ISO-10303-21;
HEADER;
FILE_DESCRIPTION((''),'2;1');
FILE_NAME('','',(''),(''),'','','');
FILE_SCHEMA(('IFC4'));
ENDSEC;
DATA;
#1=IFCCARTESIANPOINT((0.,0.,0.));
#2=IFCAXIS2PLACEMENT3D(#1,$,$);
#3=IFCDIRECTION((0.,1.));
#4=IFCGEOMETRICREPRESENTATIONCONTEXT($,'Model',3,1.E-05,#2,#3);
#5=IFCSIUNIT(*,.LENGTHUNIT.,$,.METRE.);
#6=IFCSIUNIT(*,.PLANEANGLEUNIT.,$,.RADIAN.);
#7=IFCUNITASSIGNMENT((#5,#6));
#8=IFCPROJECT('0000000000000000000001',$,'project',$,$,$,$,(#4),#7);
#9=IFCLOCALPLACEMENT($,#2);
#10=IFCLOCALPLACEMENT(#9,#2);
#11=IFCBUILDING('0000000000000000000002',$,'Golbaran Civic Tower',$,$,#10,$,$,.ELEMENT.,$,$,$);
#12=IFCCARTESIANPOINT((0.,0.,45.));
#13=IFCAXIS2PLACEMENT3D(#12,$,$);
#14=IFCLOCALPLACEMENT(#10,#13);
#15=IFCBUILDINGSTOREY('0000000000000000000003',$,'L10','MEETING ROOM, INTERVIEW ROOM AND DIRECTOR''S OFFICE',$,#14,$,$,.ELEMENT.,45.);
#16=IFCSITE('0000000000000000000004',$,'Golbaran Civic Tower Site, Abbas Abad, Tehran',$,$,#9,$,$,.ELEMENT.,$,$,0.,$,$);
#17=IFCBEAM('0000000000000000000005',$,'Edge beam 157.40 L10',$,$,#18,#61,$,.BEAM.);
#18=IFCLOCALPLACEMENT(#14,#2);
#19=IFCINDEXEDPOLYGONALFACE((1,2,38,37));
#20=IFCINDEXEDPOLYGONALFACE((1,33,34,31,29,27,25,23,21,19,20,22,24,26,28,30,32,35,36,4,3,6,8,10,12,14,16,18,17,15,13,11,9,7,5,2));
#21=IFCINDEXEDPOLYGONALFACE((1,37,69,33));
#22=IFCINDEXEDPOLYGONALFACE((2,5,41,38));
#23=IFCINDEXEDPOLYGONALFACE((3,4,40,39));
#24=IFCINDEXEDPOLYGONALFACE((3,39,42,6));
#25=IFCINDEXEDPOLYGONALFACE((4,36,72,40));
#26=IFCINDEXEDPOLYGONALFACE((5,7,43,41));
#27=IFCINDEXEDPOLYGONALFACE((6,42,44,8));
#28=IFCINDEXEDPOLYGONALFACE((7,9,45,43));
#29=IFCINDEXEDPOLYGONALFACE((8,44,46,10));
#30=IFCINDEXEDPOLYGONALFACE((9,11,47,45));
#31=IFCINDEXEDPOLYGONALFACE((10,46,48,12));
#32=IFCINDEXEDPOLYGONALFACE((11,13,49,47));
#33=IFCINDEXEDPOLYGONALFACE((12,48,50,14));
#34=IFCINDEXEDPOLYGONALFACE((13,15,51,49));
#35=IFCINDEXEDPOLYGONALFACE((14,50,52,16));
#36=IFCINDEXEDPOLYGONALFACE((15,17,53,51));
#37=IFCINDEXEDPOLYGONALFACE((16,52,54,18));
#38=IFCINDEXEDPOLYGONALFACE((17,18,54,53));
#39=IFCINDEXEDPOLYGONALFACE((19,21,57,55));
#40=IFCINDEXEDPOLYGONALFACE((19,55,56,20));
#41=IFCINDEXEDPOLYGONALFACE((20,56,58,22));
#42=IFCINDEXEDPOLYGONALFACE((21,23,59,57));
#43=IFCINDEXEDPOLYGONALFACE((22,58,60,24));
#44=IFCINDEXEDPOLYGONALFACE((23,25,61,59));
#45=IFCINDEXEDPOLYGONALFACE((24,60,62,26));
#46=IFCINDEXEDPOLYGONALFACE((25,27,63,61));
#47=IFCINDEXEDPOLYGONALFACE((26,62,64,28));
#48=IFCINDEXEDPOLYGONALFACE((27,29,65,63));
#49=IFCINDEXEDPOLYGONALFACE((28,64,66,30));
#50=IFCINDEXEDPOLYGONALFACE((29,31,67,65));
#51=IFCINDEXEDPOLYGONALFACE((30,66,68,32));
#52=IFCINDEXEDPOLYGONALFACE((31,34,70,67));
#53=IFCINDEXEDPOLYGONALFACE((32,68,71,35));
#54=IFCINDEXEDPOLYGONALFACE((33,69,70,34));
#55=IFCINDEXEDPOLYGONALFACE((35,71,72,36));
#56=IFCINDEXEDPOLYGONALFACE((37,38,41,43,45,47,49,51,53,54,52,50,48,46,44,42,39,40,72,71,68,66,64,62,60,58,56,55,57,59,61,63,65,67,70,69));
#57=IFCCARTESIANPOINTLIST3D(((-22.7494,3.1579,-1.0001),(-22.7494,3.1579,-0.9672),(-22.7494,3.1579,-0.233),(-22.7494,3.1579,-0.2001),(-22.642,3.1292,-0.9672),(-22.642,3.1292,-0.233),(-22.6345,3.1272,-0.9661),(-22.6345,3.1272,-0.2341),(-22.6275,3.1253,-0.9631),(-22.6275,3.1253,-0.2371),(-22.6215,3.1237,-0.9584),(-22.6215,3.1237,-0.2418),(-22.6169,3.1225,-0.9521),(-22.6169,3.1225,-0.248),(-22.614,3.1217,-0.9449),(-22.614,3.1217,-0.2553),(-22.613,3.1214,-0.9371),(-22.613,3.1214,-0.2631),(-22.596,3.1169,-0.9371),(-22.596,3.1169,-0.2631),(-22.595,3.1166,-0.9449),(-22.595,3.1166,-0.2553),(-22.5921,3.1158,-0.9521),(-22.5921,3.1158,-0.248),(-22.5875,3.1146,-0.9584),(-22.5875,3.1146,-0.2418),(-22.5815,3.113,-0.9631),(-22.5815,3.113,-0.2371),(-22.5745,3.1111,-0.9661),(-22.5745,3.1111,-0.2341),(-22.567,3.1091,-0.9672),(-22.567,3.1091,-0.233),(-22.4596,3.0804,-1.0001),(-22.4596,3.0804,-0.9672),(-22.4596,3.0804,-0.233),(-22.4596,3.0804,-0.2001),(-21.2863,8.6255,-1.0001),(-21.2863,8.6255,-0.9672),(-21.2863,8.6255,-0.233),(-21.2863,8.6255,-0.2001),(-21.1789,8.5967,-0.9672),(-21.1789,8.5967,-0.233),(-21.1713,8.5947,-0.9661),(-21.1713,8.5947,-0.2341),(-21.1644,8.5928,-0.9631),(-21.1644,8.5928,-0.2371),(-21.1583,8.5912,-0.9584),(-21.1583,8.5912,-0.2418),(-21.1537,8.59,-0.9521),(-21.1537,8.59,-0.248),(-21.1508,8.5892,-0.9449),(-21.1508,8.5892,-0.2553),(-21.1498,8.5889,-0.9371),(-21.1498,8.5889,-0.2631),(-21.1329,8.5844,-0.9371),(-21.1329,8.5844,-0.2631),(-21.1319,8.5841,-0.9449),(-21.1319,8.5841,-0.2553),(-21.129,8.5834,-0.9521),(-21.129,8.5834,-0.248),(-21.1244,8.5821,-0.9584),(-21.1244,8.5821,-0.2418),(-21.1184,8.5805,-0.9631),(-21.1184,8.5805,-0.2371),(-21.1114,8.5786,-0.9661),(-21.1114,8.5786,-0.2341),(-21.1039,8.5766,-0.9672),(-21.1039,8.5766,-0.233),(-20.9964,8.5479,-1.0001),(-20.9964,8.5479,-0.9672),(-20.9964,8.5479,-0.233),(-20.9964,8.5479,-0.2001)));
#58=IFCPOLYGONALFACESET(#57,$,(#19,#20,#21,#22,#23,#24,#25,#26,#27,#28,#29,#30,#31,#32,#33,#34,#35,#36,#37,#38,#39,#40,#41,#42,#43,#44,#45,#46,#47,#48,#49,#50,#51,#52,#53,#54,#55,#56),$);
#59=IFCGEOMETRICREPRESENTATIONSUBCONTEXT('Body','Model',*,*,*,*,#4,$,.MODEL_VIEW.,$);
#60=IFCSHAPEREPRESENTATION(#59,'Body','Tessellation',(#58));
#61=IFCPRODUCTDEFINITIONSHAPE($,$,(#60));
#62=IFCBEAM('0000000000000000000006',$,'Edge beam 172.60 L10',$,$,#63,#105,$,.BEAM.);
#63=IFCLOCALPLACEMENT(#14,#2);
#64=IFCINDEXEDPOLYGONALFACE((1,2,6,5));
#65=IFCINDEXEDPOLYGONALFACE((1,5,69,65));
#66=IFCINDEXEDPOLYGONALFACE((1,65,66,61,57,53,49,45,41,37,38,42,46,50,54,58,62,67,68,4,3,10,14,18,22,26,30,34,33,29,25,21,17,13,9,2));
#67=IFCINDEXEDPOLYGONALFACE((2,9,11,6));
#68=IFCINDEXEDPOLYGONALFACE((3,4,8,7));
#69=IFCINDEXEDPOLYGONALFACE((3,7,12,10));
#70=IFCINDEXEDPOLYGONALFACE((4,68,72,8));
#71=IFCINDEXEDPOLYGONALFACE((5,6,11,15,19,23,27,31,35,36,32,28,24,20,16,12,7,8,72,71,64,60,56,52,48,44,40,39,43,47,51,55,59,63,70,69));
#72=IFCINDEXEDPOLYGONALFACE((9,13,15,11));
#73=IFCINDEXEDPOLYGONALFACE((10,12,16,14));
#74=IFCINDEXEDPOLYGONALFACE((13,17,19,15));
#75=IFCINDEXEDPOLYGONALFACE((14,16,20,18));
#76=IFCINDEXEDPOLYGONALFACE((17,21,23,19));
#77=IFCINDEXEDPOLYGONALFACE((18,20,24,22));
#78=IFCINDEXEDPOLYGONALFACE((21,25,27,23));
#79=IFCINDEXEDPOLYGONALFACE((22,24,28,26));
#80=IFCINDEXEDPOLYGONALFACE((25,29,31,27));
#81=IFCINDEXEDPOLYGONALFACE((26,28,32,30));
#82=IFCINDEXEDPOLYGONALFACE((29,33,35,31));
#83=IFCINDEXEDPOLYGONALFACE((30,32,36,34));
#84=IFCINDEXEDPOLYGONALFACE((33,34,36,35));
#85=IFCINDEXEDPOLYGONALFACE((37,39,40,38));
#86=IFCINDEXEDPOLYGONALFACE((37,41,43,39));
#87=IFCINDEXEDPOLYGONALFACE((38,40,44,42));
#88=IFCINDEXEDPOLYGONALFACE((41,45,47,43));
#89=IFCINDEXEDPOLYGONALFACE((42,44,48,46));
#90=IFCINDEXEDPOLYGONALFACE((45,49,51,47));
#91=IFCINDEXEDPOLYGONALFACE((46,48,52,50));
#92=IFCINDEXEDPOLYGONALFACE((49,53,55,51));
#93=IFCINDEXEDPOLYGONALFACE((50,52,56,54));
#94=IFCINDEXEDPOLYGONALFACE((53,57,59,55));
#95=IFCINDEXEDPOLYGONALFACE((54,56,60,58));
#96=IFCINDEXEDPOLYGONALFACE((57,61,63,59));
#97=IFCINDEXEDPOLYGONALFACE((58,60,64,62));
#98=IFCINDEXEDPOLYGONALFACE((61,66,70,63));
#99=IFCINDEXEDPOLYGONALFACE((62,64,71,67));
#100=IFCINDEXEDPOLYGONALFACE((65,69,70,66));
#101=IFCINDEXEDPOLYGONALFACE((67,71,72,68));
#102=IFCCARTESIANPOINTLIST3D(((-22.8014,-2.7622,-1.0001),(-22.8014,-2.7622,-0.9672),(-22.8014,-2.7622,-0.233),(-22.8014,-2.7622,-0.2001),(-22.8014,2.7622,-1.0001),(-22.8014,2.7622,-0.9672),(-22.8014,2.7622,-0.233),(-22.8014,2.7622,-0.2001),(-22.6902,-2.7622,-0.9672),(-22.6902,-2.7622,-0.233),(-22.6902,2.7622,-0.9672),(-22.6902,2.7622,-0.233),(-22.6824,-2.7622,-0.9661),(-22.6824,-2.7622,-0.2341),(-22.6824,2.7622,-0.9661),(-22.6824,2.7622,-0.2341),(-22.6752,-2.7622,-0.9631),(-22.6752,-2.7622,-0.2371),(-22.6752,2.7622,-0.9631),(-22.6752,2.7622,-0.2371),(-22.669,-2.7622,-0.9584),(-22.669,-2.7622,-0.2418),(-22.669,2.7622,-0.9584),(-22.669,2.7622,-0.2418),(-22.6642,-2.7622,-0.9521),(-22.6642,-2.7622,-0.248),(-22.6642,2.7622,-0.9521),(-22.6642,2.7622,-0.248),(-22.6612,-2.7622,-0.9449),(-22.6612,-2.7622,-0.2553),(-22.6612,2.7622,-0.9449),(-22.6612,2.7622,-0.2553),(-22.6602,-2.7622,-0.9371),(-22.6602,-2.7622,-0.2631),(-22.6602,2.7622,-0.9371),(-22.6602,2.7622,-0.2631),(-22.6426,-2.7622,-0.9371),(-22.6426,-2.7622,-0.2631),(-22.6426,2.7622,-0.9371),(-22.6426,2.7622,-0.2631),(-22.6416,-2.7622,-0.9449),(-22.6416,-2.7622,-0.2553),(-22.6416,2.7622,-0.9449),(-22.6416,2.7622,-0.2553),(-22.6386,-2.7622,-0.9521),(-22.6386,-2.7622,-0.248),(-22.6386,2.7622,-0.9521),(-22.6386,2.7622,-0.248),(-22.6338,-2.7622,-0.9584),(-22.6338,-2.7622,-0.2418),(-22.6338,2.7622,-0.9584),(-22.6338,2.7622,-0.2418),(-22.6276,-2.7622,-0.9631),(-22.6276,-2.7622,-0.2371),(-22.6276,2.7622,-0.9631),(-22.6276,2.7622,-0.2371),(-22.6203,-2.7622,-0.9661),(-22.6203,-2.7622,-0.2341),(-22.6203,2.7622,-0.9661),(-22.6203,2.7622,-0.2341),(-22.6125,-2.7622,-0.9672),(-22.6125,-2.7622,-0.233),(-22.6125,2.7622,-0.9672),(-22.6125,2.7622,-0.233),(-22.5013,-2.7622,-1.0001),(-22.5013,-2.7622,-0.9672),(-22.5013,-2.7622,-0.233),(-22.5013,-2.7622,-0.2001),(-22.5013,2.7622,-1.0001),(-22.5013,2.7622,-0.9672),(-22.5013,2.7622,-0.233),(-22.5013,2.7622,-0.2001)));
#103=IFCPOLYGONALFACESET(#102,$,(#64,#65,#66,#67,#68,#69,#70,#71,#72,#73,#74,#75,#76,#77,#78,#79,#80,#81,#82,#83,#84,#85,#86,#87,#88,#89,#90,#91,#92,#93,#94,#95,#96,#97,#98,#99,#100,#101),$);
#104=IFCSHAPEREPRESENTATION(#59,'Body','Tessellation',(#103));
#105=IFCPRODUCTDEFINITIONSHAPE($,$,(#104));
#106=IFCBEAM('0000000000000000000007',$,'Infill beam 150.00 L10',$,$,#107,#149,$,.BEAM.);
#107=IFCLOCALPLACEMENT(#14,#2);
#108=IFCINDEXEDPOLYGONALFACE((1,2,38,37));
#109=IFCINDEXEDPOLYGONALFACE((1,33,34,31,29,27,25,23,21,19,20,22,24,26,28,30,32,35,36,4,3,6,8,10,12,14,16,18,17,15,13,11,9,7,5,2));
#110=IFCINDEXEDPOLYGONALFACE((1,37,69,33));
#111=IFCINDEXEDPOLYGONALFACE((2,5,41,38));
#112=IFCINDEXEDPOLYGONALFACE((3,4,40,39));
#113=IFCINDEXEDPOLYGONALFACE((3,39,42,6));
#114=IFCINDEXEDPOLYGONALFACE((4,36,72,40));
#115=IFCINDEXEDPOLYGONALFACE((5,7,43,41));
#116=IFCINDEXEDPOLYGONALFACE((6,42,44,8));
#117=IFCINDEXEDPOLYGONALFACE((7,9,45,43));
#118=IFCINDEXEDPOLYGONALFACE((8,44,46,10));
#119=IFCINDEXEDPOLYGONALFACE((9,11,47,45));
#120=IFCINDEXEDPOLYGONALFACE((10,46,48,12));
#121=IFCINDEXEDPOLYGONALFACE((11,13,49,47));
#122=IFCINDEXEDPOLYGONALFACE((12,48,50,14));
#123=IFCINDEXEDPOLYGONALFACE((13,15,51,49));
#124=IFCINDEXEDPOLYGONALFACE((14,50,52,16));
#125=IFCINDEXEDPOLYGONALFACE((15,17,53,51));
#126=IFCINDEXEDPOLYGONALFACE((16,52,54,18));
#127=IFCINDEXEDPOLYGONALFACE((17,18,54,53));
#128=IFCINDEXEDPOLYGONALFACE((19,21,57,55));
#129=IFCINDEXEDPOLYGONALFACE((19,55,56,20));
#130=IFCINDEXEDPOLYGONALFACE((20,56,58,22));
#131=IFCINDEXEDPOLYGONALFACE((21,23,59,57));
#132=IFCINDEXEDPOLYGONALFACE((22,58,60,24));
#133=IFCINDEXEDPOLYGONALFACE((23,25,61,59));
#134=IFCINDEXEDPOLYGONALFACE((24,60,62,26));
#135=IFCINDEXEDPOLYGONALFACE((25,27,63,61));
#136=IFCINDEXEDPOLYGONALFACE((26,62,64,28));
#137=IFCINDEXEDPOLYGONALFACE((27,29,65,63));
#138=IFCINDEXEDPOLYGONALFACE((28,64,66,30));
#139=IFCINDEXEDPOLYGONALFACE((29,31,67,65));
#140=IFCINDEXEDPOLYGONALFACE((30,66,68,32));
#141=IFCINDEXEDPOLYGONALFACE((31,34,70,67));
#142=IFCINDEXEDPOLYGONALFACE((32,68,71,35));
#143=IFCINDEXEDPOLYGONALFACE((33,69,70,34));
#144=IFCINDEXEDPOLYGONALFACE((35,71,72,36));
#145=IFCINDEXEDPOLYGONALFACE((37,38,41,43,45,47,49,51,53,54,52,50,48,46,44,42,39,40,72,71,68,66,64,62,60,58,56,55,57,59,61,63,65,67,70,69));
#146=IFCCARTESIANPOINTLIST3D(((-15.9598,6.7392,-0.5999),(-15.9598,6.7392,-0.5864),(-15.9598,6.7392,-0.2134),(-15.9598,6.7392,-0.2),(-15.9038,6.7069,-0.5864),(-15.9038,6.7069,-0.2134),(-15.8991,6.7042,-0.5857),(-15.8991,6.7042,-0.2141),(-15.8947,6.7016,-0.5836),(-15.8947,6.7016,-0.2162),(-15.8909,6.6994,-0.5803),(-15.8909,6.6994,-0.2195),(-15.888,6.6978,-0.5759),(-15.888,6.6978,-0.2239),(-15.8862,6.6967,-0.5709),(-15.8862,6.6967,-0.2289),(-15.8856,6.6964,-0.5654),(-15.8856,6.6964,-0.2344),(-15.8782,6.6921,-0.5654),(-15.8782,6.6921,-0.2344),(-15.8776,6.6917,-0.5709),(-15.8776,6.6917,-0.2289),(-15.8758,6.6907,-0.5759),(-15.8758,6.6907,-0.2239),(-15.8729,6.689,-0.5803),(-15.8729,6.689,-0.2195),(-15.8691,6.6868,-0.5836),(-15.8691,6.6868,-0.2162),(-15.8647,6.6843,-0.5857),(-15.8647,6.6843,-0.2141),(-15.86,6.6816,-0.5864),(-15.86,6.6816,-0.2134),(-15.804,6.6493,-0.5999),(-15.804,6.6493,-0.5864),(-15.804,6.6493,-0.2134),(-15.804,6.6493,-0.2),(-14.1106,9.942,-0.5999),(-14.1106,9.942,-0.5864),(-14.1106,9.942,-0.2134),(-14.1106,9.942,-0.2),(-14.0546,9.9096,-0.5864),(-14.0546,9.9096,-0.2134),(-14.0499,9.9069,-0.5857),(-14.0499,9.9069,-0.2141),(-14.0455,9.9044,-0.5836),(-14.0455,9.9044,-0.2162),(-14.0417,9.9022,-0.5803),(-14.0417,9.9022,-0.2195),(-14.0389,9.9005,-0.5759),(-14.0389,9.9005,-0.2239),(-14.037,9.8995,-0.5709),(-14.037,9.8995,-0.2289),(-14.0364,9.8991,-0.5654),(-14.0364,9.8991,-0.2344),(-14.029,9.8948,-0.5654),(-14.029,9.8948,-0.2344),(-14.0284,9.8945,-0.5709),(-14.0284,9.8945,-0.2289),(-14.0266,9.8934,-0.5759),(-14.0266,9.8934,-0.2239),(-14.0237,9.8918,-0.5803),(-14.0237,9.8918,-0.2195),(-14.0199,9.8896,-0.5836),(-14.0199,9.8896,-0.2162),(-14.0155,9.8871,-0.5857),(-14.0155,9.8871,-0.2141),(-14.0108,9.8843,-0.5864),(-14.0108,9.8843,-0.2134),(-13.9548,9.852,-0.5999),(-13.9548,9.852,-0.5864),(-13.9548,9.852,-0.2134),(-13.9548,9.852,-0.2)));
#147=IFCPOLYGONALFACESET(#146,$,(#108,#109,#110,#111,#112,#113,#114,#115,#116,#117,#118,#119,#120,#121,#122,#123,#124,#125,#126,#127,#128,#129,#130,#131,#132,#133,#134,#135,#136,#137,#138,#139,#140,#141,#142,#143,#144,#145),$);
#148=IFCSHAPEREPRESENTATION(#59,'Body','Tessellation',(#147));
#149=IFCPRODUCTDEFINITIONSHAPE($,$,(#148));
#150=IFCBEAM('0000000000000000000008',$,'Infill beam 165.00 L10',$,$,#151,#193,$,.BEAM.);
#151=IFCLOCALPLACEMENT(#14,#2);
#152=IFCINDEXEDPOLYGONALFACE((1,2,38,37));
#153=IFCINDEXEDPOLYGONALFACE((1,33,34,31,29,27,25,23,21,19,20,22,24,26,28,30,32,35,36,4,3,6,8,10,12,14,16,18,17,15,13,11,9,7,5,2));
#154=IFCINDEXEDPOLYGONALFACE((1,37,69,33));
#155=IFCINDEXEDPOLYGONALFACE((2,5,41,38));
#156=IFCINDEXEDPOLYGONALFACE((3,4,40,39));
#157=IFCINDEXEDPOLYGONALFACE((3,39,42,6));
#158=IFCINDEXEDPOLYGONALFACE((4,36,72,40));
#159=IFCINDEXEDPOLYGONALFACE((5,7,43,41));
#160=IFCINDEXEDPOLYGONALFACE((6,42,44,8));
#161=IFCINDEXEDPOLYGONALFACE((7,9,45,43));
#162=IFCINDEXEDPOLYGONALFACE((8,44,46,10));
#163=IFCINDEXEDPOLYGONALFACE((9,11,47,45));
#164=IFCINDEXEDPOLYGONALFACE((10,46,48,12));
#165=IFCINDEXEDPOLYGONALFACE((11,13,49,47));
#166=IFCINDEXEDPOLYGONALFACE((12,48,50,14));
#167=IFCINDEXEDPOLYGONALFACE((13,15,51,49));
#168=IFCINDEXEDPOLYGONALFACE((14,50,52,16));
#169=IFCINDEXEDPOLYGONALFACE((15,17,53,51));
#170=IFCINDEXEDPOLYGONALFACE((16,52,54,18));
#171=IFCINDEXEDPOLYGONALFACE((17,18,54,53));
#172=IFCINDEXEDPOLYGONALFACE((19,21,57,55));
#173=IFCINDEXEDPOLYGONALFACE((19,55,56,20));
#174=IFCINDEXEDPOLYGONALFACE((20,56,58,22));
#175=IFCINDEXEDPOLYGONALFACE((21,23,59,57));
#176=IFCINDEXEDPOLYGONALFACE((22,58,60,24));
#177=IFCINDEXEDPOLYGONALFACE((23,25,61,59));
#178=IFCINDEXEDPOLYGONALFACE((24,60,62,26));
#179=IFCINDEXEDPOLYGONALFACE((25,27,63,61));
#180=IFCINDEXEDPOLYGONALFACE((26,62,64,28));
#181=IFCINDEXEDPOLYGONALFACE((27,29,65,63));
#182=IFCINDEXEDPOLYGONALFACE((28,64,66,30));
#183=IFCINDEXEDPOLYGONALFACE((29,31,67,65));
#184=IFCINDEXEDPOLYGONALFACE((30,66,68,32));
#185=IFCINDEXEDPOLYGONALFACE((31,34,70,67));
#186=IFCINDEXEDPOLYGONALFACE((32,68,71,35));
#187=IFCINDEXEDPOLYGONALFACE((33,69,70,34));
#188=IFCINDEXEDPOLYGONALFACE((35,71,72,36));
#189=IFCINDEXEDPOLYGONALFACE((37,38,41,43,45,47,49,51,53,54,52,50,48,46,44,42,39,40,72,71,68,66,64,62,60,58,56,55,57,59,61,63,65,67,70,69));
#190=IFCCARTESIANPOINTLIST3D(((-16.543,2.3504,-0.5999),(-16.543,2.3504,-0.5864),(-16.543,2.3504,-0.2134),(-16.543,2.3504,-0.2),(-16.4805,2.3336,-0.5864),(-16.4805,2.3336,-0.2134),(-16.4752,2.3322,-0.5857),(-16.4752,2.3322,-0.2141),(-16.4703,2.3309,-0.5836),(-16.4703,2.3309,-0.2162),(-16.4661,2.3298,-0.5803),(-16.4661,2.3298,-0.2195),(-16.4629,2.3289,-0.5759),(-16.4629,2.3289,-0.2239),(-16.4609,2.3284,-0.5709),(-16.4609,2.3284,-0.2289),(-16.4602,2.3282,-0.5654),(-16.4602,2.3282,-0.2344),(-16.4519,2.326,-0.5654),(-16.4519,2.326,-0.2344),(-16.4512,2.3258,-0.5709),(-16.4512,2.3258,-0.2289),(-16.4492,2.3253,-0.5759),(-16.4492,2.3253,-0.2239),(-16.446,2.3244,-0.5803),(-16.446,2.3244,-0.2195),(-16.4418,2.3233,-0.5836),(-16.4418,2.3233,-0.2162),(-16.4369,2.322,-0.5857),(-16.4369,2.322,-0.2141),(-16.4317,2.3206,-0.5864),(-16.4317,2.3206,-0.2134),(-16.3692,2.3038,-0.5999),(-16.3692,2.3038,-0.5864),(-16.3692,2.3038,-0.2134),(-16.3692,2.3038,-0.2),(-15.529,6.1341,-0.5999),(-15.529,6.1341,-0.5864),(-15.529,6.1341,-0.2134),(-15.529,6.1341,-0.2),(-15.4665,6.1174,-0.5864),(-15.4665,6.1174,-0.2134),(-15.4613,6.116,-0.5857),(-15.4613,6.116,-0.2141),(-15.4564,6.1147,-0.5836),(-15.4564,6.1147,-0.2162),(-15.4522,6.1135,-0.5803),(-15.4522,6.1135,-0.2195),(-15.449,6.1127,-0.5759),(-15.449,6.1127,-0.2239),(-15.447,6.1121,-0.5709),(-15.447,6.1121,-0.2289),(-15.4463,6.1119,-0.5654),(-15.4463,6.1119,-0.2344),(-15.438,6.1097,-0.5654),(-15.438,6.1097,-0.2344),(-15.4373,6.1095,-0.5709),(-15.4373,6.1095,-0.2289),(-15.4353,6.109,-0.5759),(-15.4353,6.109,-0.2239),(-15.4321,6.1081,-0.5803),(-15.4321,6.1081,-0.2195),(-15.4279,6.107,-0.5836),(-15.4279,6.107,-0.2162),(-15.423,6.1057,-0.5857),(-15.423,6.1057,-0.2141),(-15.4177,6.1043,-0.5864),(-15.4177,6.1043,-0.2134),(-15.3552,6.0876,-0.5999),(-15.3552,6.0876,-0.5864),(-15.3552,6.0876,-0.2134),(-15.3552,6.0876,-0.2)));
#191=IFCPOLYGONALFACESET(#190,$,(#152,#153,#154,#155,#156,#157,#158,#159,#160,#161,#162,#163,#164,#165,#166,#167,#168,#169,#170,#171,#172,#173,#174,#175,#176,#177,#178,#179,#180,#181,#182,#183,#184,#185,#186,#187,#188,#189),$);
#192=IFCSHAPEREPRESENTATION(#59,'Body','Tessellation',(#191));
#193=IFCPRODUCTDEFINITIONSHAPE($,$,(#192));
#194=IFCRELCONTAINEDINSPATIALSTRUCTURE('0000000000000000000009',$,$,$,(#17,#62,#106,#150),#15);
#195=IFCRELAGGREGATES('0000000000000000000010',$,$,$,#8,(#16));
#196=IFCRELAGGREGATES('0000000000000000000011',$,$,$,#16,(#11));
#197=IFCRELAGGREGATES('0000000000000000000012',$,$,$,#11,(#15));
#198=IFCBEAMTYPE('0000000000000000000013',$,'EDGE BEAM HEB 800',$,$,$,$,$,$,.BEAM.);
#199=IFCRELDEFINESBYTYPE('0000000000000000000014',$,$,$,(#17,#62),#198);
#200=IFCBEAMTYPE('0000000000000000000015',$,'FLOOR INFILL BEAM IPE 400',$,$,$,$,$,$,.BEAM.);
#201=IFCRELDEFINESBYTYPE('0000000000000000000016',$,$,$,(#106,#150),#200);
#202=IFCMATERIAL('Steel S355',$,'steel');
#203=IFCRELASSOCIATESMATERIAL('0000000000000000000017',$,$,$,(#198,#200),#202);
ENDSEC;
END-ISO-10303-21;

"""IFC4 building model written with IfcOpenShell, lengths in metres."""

from ifc_helpers import new_model, si_unit, direction, frame, origin, origin_2d, place, context, subcontext, project, spatial, i_section, extrude, material, material_profile, profile_set, type_object, element, save


model = new_model("IFC4")

# Units and contexts
model_context = context("Model", 3, precision=1e-05, world=origin(), true_north=direction((0.0, 1.0)))
body_context = subcontext(model_context, "Body", "Model", "MODEL_VIEW")
ifc_project = project(units=[si_unit("LENGTHUNIT", "METRE"), si_unit("PLANEANGLEUNIT", "RADIAN")], contexts=[model_context])

# Site, building, storey
site_placement = place(None, origin())
site = spatial("IfcSite", under=ifc_project, at=site_placement, Name="Golbaran Civic Tower Site, Abbas Abad, Tehran", CompositionType="ELEMENT", RefElevation=0.0)
building_placement = place(site_placement, origin())
building = spatial("IfcBuilding", under=site, at=building_placement, Name="Golbaran Civic Tower", CompositionType="ELEMENT")
storey_placement = place(building_placement, frame((0.0, 0.0, 45.0)))
storey = spatial("IfcBuildingStorey", under=building, at=storey_placement, Name="L10", Description="MEETING ROOM, INTERVIEW ROOM AND DIRECTOR'S OFFICE", CompositionType="ELEMENT", Elevation=45.0)

# Beams
ifc_material_1 = material(Name="Steel S355", Category="steel")
ifc_material_profile_1 = material_profile(ifc_material_1, i_section(OverallWidth=0.3, OverallDepth=0.8, WebThickness=0.0176, FlangeThickness=0.033, FilletRadius=0.03, at=origin_2d()), Name="HEB 800")
ifc_profile_set_1 = profile_set([ifc_material_profile_1], Name="Steel S355")
beam_type_1 = type_object("IfcBeamType", Name="EDGE BEAM HEB 800", PredefinedType="BEAM", material=ifc_profile_set_1)
beam_1_placement = place(storey_placement, frame((-21.1414, 8.5867, -0.6001), z_axis=(-0.258508, -0.966009, 0.0), x_axis=(0.966009, -0.258508, 0.0)))
element("IfcBeam", 1, at=beam_1_placement, inside=storey, type_object=beam_type_1, Name="Edge beam 157.40 L10", PredefinedType="BEAM", context=body_context, shape_type="SweptSolid", body=[
    extrude(i_section(OverallWidth=0.3, OverallDepth=0.8, WebThickness=0.0176, FlangeThickness=0.033, FilletRadius=0.03, at=origin_2d()), origin(), (0.0, 0.0, 1.0), 5.6599),
])
beam_2_placement = place(storey_placement, frame((-22.6514, 2.7622, -0.6001), z_axis=(0.0, -1.0, 0.0), x_axis=(1.0, 0.0, 0.0)))
element("IfcBeam", 2, at=beam_2_placement, inside=storey, type_object=beam_type_1, Name="Edge beam 172.60 L10", PredefinedType="BEAM", context=body_context, shape_type="SweptSolid", body=[
    extrude(i_section(OverallWidth=0.3, OverallDepth=0.8, WebThickness=0.0176, FlangeThickness=0.033, FilletRadius=0.03, at=origin_2d()), origin(), (0.0, 0.0, 1.0), 5.5244),
])
ifc_material_profile_2 = material_profile(ifc_material_1, i_section(OverallWidth=0.1799, OverallDepth=0.3999, WebThickness=0.0085, FlangeThickness=0.0134, FilletRadius=0.021, at=origin_2d()), Name="IPE 400")
ifc_profile_set_2 = profile_set([ifc_material_profile_2], Name="Steel S355")
beam_type_2 = type_object("IfcBeamType", Name="FLOOR INFILL BEAM IPE 400", PredefinedType="BEAM", material=ifc_profile_set_2)
beam_3_placement = place(storey_placement, frame((-14.0327, 9.897, -0.3999), z_axis=(-0.500016, -0.866016, 0.0), x_axis=(0.866016, -0.500016, 0.0)))
element("IfcBeam", 3, at=beam_3_placement, inside=storey, type_object=beam_type_2, Name="Infill beam 150.00 L10", PredefinedType="BEAM", context=body_context, shape_type="SweptSolid", body=[
    extrude(i_section(OverallWidth=0.1799, OverallDepth=0.3999, WebThickness=0.0085, FlangeThickness=0.0134, FilletRadius=0.021, at=origin_2d()), origin(), (0.0, 0.0, 1.0), 3.6982),
])
beam_4_placement = place(storey_placement, frame((-15.4421, 6.1108, -0.3999), z_axis=(-0.258838, -0.965921, 0.0), x_axis=(0.965921, -0.258838, 0.0)))
element("IfcBeam", 4, at=beam_4_placement, inside=storey, type_object=beam_type_2, Name="Infill beam 165.00 L10", PredefinedType="BEAM", context=body_context, shape_type="SweptSolid", body=[
    extrude(i_section(OverallWidth=0.1799, OverallDepth=0.3999, WebThickness=0.0085, FlangeThickness=0.0134, FilletRadius=0.021, at=origin_2d()), origin(), (0.0, 0.0, 1.0), 3.9172),
])

save(model, "model.ifc")
